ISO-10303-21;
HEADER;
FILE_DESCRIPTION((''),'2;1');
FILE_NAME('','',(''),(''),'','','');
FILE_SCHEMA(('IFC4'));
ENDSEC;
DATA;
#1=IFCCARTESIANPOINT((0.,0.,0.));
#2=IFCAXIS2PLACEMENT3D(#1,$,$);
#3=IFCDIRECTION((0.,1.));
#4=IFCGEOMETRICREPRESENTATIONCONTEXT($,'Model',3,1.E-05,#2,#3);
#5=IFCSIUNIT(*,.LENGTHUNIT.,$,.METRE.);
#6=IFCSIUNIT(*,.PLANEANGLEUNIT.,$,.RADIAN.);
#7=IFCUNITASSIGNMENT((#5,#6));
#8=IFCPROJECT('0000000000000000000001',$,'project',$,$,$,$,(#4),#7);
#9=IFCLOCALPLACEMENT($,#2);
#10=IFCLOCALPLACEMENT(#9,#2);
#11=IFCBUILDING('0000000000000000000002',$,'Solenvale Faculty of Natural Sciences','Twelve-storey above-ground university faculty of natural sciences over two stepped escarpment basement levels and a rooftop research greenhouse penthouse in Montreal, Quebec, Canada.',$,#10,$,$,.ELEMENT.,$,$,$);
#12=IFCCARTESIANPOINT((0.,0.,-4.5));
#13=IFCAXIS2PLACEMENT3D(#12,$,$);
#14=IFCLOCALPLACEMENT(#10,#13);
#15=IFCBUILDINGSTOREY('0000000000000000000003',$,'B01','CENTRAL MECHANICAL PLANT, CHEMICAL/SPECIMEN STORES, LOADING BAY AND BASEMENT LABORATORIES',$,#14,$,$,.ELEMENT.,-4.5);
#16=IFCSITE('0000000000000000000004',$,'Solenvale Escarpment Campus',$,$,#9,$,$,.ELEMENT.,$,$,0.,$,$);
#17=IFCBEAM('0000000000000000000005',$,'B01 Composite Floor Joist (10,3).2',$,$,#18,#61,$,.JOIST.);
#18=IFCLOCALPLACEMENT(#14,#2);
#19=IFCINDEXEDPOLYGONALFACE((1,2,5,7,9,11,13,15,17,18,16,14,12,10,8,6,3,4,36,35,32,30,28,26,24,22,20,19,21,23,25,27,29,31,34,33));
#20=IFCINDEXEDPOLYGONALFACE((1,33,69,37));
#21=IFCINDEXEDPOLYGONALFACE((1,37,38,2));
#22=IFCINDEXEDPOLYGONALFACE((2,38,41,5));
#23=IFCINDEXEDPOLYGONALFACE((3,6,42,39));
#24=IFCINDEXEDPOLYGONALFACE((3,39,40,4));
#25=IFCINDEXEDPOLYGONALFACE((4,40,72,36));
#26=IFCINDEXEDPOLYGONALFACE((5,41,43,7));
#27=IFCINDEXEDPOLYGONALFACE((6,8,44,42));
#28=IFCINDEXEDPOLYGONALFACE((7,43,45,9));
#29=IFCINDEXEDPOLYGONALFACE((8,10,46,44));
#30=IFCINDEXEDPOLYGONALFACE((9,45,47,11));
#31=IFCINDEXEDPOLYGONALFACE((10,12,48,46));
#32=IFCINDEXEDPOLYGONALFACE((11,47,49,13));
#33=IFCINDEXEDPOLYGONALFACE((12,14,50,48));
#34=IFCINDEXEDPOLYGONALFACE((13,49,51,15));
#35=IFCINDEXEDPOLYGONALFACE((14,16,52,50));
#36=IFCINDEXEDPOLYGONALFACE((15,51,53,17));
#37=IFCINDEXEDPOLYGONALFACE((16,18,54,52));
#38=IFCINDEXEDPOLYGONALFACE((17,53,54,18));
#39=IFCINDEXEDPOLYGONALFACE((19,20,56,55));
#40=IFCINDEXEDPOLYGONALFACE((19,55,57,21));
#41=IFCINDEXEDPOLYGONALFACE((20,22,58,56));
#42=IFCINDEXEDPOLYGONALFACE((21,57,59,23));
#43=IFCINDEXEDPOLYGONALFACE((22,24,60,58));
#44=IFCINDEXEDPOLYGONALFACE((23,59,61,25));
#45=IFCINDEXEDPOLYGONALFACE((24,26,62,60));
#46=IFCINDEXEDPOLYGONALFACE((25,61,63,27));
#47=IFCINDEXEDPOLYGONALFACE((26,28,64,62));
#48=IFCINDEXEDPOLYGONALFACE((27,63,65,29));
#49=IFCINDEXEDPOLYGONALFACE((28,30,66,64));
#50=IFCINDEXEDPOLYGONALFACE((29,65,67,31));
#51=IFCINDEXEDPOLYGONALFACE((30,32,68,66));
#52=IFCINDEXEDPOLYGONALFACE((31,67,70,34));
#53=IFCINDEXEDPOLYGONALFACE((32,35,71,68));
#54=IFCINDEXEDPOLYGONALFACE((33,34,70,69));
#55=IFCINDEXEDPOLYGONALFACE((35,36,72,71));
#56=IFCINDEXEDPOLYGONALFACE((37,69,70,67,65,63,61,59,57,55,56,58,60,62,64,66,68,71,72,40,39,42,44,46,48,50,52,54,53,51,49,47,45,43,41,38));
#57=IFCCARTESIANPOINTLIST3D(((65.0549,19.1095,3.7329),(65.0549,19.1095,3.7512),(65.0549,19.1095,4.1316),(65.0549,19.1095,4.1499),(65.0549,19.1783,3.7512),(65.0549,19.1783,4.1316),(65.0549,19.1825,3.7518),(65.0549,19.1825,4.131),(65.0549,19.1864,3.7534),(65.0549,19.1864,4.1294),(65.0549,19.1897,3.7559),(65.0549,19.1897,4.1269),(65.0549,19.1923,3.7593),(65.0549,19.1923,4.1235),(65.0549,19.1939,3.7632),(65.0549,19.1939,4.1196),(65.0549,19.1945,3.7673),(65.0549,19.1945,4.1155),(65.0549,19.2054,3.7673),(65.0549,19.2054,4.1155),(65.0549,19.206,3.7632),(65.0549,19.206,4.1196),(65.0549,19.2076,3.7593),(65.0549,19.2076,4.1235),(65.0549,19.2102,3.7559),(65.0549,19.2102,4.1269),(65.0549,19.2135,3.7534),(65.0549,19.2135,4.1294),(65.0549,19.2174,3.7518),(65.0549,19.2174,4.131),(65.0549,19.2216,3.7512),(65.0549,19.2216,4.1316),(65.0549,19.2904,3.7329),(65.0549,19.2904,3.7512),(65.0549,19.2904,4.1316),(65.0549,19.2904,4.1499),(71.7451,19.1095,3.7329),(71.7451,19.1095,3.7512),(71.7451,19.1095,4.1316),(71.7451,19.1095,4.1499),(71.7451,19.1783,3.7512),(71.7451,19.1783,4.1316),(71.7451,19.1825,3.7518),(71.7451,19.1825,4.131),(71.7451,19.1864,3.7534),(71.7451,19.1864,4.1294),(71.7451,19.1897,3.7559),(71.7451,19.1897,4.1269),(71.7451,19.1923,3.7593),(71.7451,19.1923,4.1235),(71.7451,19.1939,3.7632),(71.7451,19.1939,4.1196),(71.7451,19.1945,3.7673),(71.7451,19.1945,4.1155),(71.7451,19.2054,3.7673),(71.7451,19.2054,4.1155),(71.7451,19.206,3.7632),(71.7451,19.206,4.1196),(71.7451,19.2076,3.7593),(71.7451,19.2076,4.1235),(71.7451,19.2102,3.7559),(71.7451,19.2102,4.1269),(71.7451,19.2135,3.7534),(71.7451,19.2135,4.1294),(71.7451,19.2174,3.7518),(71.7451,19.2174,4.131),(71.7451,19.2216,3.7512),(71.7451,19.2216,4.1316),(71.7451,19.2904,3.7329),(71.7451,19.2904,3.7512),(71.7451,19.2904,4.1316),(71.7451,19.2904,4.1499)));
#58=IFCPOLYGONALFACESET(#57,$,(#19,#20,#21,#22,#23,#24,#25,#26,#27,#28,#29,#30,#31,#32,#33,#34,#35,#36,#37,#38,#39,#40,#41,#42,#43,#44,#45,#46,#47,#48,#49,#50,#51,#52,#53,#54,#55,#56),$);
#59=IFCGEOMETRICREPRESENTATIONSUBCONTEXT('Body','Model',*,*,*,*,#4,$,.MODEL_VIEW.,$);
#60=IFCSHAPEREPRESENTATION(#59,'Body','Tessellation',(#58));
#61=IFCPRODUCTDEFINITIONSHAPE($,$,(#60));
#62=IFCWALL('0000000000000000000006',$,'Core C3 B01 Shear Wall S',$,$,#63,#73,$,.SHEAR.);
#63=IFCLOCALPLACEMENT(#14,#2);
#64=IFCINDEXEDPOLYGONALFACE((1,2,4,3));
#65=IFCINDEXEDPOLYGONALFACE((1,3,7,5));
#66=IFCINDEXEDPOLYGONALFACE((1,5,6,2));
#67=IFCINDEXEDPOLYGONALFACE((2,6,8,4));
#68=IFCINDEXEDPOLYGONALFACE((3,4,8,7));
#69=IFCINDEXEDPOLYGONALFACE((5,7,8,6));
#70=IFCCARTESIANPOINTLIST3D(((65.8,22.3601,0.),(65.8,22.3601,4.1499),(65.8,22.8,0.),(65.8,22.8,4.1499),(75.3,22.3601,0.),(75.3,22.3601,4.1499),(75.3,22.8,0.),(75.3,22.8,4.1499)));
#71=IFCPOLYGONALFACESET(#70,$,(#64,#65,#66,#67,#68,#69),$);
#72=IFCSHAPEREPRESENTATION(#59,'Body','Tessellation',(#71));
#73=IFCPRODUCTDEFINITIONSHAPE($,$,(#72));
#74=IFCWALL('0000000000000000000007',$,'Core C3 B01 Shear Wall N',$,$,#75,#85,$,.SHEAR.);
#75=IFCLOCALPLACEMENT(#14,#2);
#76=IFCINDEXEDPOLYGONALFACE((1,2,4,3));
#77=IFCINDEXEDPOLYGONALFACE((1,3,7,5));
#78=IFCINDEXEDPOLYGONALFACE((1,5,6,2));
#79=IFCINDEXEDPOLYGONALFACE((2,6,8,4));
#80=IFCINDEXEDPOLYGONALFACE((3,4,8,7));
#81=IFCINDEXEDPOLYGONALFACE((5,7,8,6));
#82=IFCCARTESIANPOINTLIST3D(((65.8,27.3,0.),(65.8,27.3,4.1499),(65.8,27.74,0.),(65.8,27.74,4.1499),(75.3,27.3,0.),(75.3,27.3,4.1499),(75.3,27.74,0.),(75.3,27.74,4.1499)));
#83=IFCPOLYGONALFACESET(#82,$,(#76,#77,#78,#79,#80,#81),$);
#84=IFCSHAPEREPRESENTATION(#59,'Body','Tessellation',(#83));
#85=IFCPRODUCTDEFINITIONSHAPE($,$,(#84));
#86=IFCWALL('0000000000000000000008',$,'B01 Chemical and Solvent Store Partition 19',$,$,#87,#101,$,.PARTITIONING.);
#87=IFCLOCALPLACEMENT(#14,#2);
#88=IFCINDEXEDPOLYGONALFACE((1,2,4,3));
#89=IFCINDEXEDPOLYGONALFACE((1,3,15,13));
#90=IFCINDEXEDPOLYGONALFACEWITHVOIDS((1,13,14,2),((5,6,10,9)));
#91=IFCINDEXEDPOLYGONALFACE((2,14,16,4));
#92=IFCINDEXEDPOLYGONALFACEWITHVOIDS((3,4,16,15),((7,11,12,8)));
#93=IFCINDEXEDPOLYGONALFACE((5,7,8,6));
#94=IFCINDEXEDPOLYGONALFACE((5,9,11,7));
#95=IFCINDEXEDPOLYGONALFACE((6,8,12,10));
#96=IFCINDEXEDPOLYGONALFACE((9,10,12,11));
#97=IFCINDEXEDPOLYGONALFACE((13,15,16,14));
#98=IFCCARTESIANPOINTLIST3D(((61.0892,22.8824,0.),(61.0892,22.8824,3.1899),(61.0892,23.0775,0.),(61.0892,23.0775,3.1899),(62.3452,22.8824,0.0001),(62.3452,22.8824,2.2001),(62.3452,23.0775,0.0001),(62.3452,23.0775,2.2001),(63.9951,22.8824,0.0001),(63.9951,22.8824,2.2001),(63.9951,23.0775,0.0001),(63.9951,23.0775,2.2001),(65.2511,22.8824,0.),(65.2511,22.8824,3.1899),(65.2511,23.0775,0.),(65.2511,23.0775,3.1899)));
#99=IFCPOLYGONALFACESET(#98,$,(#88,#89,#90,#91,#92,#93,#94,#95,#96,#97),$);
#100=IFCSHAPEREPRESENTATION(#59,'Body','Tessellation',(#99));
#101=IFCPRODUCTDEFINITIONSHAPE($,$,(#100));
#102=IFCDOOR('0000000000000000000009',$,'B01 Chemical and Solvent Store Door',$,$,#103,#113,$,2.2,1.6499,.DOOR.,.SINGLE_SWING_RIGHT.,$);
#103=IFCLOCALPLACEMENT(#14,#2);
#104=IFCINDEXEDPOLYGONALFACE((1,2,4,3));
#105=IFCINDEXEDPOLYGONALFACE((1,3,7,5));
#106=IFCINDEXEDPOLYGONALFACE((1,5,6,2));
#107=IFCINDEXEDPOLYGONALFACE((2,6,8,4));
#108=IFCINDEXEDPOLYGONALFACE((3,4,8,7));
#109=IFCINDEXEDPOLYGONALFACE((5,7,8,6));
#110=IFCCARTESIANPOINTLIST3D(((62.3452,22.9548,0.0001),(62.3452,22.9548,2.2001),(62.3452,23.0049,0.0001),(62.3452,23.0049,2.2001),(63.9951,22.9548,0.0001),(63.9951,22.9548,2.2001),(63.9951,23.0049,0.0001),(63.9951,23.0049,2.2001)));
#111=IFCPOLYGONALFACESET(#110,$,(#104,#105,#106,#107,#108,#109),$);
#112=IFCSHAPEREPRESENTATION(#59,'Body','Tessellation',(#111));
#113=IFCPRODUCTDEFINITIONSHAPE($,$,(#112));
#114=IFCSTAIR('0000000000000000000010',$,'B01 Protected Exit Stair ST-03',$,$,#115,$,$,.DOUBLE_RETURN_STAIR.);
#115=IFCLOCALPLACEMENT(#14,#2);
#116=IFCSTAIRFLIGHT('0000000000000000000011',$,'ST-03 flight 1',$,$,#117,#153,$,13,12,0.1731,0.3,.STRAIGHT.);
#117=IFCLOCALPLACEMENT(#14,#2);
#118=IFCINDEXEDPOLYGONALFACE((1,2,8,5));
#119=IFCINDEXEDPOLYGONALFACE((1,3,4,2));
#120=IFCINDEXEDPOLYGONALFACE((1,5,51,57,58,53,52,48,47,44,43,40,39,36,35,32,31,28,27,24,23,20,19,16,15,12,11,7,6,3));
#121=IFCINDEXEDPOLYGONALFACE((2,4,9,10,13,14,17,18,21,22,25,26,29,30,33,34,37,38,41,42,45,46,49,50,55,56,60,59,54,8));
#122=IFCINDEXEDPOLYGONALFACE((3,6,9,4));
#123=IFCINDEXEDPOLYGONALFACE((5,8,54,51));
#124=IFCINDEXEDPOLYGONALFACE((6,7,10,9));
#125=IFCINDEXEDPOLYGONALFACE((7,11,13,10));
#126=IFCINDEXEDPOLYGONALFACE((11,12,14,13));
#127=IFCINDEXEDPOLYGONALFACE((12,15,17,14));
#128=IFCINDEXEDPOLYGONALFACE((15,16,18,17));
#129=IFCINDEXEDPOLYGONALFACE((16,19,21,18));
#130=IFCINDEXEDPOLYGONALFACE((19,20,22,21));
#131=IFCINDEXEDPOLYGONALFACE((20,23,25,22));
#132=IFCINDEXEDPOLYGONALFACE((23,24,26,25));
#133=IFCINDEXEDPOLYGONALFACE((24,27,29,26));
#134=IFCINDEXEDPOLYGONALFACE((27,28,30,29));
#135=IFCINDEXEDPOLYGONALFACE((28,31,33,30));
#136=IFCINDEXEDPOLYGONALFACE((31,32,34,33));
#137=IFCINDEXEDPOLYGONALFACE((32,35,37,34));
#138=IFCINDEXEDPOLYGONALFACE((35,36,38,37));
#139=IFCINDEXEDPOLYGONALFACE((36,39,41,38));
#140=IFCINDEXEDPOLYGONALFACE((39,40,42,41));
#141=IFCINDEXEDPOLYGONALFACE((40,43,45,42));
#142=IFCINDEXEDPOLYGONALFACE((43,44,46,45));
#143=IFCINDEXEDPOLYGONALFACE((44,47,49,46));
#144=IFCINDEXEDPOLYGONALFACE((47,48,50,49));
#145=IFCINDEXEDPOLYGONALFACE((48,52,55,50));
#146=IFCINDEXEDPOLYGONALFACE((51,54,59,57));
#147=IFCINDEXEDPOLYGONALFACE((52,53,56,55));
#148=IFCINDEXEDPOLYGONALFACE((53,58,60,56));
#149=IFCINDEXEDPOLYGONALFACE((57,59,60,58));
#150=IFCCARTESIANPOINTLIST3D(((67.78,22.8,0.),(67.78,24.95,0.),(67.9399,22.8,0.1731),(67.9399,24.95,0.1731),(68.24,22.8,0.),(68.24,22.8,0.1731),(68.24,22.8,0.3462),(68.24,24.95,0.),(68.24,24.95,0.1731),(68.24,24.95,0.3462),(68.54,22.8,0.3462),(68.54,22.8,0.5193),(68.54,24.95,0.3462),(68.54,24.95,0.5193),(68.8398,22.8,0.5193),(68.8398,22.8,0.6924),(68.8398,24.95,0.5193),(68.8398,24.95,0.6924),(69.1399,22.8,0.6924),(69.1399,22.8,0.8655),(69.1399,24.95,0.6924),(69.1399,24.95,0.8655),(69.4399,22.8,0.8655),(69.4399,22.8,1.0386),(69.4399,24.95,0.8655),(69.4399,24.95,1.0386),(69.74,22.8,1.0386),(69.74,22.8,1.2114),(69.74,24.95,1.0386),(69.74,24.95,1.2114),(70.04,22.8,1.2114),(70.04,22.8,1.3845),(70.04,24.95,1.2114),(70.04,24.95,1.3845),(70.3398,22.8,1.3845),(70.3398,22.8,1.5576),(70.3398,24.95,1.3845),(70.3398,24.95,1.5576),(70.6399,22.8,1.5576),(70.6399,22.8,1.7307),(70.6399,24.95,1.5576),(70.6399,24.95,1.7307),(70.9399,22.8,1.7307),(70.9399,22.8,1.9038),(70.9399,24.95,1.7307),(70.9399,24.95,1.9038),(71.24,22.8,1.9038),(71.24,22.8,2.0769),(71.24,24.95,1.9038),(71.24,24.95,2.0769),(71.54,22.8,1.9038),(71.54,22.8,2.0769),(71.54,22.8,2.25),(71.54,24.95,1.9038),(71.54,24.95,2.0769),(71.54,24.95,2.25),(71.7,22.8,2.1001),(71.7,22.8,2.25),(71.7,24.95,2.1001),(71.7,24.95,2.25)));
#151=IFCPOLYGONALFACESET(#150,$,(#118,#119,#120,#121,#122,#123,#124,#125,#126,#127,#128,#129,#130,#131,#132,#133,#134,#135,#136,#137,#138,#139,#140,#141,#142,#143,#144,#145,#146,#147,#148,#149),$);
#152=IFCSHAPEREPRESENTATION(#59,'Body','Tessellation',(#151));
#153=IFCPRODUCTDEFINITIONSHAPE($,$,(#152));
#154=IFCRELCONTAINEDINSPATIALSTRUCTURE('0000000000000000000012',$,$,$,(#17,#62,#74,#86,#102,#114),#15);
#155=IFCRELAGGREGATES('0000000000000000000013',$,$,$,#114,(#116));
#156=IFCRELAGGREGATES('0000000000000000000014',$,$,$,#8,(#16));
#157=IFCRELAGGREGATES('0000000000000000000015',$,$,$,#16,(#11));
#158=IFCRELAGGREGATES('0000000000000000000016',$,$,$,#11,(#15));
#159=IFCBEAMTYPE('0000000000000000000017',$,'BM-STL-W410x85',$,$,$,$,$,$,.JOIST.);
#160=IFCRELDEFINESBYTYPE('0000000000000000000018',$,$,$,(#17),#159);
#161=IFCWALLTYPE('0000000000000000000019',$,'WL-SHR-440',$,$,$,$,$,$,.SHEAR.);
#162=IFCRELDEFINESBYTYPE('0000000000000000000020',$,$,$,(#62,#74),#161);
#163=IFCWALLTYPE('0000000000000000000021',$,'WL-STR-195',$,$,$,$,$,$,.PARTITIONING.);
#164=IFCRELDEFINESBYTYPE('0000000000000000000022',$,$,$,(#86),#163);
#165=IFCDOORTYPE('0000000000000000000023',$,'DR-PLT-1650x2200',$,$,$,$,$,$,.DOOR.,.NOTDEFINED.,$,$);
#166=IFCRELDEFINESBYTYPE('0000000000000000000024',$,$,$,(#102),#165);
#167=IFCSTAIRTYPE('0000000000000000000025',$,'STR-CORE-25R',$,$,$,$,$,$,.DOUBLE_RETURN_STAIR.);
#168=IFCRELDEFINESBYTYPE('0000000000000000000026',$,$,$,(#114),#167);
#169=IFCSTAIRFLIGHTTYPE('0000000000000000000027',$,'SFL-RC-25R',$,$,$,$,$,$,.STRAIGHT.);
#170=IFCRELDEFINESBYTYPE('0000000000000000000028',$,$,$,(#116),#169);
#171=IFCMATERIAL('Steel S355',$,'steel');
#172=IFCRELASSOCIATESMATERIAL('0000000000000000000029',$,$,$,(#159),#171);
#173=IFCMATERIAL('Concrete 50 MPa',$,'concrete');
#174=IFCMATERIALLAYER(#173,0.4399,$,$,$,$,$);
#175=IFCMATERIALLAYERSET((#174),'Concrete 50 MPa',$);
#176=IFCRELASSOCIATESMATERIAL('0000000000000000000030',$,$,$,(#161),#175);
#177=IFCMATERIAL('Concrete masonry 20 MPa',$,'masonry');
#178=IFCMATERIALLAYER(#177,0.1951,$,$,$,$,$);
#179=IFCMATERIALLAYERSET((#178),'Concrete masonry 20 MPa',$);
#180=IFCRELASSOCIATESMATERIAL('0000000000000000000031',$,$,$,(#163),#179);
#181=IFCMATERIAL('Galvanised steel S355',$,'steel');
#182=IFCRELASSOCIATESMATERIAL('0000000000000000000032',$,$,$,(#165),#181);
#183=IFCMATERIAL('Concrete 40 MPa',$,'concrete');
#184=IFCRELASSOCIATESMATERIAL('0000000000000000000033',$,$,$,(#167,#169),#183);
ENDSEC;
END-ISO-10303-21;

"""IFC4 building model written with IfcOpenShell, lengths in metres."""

from ifc_helpers import new_model, si_unit, direction, frame, frame_2d, origin, origin_2d, place, context, subcontext, project, spatial, polyline, rectangle, i_section, outline, extrude, material, layer, layer_set, material_profile, profile_set, type_object, element, fill, aggregate, save


model = new_model("IFC4")

# Units and contexts
model_context = context("Model", 3, precision=1e-05, world=origin(), true_north=direction((0.0, 1.0)))
body_context = subcontext(model_context, "Body", "Model", "MODEL_VIEW")
ifc_project = project(units=[si_unit("LENGTHUNIT", "METRE"), si_unit("PLANEANGLEUNIT", "RADIAN")], contexts=[model_context])

# Site, building, storey
site_placement = place(None, origin())
site = spatial("IfcSite", under=ifc_project, at=site_placement, Name="Solenvale Escarpment Campus", CompositionType="ELEMENT", RefElevation=0.0)
building_placement = place(site_placement, origin())
building = spatial("IfcBuilding", under=site, at=building_placement, Name="Solenvale Faculty of Natural Sciences", Description="Twelve-storey above-ground university faculty of natural sciences over two stepped escarpment basement levels and a rooftop research greenhouse penthouse in Montreal, Quebec, Canada.", CompositionType="ELEMENT")
storey_placement = place(building_placement, frame((0.0, 0.0, -4.5)))
storey = spatial("IfcBuildingStorey", under=building, at=storey_placement, Name="B01", Description="CENTRAL MECHANICAL PLANT, CHEMICAL/SPECIMEN STORES, LOADING BAY AND BASEMENT LABORATORIES", CompositionType="ELEMENT", Elevation=-4.5)

# Shared definitions
ifc_material_1 = material(Name="Concrete 40 MPa", Category="concrete")

# Shared definitions
ifc_material_2 = material(Name="Concrete 50 MPa", Category="concrete")

# Beam
ifc_material_3 = material(Name="Steel S355", Category="steel")
ifc_material_profile_1 = material_profile(ifc_material_3, i_section(OverallWidth=0.1809, OverallDepth=0.417, WebThickness=0.011, FlangeThickness=0.0183, FilletRadius=0.0161, at=origin_2d()), Name="W410x85")
ifc_profile_set_1 = profile_set([ifc_material_profile_1], Name="Steel S355")
beam_type_1 = type_object("IfcBeamType", Name="BM-STL-W410x85", PredefinedType="JOIST", material=ifc_profile_set_1)
for number, where, z_axis, x_axis, name in (
    (1, (65.0549, 19.2, 3.9414), (1.0, 0.0, 0.0), (0.0, 1.0, 0.0), "B01 Composite Floor Joist (10,3).2"),
):
    element("IfcBeam", number, at=place(storey_placement, frame(where, z_axis=z_axis, x_axis=x_axis)), inside=storey, type_object=beam_type_1, Name=name, PredefinedType="JOIST", context=body_context, shape_type="SweptSolid", body=[
        extrude(i_section(OverallWidth=0.1809, OverallDepth=0.417, WebThickness=0.011, FlangeThickness=0.0183, FilletRadius=0.0161, at=origin_2d()), origin(), (0.0, 0.0, 1.0), 6.6902),
    ])

# Walls
ifc_layer_1 = layer(ifc_material_2, 0.4399)
ifc_layer_set_1 = layer_set([ifc_layer_1], Name="Concrete 50 MPa")
wall_type_1 = type_object("IfcWallType", Name="WL-SHR-440", PredefinedType="SHEAR", material=ifc_layer_set_1)
for number, where, z_axis, x_axis, name in (
    (2, (65.8, 22.5801, 0.0), (0.0, 0.0, 1.0), (1.0, 0.0, 0.0), "Core C3 B01 Shear Wall S"),
    (3, (65.8, 27.52, 0.0), (0.0, 0.0, 1.0), (1.0, 0.0, 0.0), "Core C3 B01 Shear Wall N"),
):
    element("IfcWall", number, at=place(storey_placement, frame(where, z_axis=z_axis, x_axis=x_axis)), inside=storey, type_object=wall_type_1, Name=name, PredefinedType="SHEAR", context=body_context, shape_type="SweptSolid", body=[
        extrude(rectangle(XDim=9.5, YDim=0.4399, at=frame_2d((4.75, 0.0))), origin(), (0.0, 0.0, 1.0), 4.1499),
    ])

# Wall, opening, door
ifc_material_4 = material(Name="Galvanised steel S355", Category="steel")
ifc_material_5 = material(Name="Concrete masonry 20 MPa", Category="masonry")
ifc_layer_2 = layer(ifc_material_5, 0.1951)
ifc_layer_set_2 = layer_set([ifc_layer_2], Name="Concrete masonry 20 MPa")
wall_type_2 = type_object("IfcWallType", Name="WL-STR-195", PredefinedType="PARTITIONING", material=ifc_layer_set_2)
wall_1_placement = place(storey_placement, frame((61.0891, 22.98, 0.0), z_axis=(0.0, 0.0, 1.0), x_axis=(1.0, 0.0, 0.0)))
wall_1 = element("IfcWall", 4, at=wall_1_placement, inside=storey, type_object=wall_type_2, Name="B01 Chemical and Solvent Store Partition 19", PredefinedType="PARTITIONING", context=body_context, shape_type="SweptSolid", body=[
    extrude(rectangle(XDim=4.1619, YDim=0.1951, at=frame_2d((2.0811, 0.0))), origin(), (0.0, 0.0, 1.0), 3.1899),
])
opening_1_placement = place(wall_1_placement, frame((1.2561, 0.0, 0.0)))
opening_1 = element("IfcOpeningElement", 5, at=opening_1_placement, cuts=wall_1, PredefinedType="OPENING", context=body_context, shape_type="SweptSolid", body=[
    extrude(rectangle(XDim=1.6499, YDim=2.2, at=frame_2d((0.825, 1.1001))), frame((0.0, 0.1074, 0.0), z_axis=(0.0, -1.0, 0.0), x_axis=(1.0, 0.0, 0.0)), (0.0, 0.0, 1.0), 0.2151),
])
door_type_1 = type_object("IfcDoorType", Name="DR-PLT-1650x2200", OperationType="NOTDEFINED", PredefinedType="DOOR", material=ifc_material_4)
door_1_placement = place(opening_1_placement, origin())
door_1 = element("IfcDoor", 6, at=door_1_placement, inside=storey, type_object=door_type_1, Name="B01 Chemical and Solvent Store Door", OperationType="SINGLE_SWING_RIGHT", OverallHeight=2.2, OverallWidth=1.6499, PredefinedType="DOOR", context=body_context, shape_type="SweptSolid", body=[
    extrude(rectangle(XDim=1.6499, YDim=2.2, at=frame_2d((0.825, 1.1001))), frame((0.0, 0.0249, 0.0), z_axis=(0.0, -1.0, 0.0), x_axis=(1.0, 0.0, 0.0)), (0.0, 0.0, 1.0), 0.05),
])
fill(opening_1, door_1)

# Stair, stair flight
stair_type = type_object("IfcStairType", Name="STR-CORE-25R", PredefinedType="DOUBLE_RETURN_STAIR", material=ifc_material_1)
stair_placement = place(storey_placement, origin())
stair = element("IfcStair", 7, at=stair_placement, inside=storey, type_object=stair_type, Name="B01 Protected Exit Stair ST-03", PredefinedType="DOUBLE_RETURN_STAIR")
stair_flight_type = type_object("IfcStairFlightType", Name="SFL-RC-25R", PredefinedType="STRAIGHT", material=ifc_material_1)
stair_flight_placement = place(storey_placement, frame((67.9399, 23.875, 0.0), z_axis=(0.0, 0.0, 1.0), x_axis=(1.0, 0.0, 0.0)))
stair_flight = element("IfcStairFlight", 8, at=stair_flight_placement, type_object=stair_flight_type, Name="ST-03 flight 1", NumberOfRisers=13, NumberOfTreads=12, PredefinedType="STRAIGHT", RiserHeight=0.1731, TreadLength=0.3, context=body_context, shape_type="SweptSolid", body=[
    extrude(outline(polyline([(-0.1599, 0.0), (0.0, 0.1731), (0.3, 0.1731), (0.3, 0.3462), (0.6001, 0.3462), (0.6001, 0.5193), (0.8999, 0.5193), (0.8999, 0.6924), (1.2, 0.6924), (1.2, 0.8655), (1.5, 0.8655), (1.5, 1.0386), (1.8, 1.0386), (1.8, 1.2114), (2.1001, 1.2114), (2.1001, 1.3845), (2.3999, 1.3845), (2.3999, 1.5576), (2.7, 1.5576), (2.7, 1.7307), (3.0, 1.7307), (3.0, 1.9038), (3.3, 1.9038), (3.3, 2.0769), (3.6001, 2.0769), (3.6001, 2.25), (3.76, 2.25), (3.76, 2.1001), (3.6001, 1.9038), (0.3, 0.0), (-0.1599, 0.0)])), frame((0.0, 1.075, 0.0), z_axis=(0.0, -1.0, 0.0), x_axis=(1.0, 0.0, 0.0)), (0.0, 0.0, 1.0), 2.1499),
])
aggregate(stair, [stair_flight])

save(model, "model.ifc")
